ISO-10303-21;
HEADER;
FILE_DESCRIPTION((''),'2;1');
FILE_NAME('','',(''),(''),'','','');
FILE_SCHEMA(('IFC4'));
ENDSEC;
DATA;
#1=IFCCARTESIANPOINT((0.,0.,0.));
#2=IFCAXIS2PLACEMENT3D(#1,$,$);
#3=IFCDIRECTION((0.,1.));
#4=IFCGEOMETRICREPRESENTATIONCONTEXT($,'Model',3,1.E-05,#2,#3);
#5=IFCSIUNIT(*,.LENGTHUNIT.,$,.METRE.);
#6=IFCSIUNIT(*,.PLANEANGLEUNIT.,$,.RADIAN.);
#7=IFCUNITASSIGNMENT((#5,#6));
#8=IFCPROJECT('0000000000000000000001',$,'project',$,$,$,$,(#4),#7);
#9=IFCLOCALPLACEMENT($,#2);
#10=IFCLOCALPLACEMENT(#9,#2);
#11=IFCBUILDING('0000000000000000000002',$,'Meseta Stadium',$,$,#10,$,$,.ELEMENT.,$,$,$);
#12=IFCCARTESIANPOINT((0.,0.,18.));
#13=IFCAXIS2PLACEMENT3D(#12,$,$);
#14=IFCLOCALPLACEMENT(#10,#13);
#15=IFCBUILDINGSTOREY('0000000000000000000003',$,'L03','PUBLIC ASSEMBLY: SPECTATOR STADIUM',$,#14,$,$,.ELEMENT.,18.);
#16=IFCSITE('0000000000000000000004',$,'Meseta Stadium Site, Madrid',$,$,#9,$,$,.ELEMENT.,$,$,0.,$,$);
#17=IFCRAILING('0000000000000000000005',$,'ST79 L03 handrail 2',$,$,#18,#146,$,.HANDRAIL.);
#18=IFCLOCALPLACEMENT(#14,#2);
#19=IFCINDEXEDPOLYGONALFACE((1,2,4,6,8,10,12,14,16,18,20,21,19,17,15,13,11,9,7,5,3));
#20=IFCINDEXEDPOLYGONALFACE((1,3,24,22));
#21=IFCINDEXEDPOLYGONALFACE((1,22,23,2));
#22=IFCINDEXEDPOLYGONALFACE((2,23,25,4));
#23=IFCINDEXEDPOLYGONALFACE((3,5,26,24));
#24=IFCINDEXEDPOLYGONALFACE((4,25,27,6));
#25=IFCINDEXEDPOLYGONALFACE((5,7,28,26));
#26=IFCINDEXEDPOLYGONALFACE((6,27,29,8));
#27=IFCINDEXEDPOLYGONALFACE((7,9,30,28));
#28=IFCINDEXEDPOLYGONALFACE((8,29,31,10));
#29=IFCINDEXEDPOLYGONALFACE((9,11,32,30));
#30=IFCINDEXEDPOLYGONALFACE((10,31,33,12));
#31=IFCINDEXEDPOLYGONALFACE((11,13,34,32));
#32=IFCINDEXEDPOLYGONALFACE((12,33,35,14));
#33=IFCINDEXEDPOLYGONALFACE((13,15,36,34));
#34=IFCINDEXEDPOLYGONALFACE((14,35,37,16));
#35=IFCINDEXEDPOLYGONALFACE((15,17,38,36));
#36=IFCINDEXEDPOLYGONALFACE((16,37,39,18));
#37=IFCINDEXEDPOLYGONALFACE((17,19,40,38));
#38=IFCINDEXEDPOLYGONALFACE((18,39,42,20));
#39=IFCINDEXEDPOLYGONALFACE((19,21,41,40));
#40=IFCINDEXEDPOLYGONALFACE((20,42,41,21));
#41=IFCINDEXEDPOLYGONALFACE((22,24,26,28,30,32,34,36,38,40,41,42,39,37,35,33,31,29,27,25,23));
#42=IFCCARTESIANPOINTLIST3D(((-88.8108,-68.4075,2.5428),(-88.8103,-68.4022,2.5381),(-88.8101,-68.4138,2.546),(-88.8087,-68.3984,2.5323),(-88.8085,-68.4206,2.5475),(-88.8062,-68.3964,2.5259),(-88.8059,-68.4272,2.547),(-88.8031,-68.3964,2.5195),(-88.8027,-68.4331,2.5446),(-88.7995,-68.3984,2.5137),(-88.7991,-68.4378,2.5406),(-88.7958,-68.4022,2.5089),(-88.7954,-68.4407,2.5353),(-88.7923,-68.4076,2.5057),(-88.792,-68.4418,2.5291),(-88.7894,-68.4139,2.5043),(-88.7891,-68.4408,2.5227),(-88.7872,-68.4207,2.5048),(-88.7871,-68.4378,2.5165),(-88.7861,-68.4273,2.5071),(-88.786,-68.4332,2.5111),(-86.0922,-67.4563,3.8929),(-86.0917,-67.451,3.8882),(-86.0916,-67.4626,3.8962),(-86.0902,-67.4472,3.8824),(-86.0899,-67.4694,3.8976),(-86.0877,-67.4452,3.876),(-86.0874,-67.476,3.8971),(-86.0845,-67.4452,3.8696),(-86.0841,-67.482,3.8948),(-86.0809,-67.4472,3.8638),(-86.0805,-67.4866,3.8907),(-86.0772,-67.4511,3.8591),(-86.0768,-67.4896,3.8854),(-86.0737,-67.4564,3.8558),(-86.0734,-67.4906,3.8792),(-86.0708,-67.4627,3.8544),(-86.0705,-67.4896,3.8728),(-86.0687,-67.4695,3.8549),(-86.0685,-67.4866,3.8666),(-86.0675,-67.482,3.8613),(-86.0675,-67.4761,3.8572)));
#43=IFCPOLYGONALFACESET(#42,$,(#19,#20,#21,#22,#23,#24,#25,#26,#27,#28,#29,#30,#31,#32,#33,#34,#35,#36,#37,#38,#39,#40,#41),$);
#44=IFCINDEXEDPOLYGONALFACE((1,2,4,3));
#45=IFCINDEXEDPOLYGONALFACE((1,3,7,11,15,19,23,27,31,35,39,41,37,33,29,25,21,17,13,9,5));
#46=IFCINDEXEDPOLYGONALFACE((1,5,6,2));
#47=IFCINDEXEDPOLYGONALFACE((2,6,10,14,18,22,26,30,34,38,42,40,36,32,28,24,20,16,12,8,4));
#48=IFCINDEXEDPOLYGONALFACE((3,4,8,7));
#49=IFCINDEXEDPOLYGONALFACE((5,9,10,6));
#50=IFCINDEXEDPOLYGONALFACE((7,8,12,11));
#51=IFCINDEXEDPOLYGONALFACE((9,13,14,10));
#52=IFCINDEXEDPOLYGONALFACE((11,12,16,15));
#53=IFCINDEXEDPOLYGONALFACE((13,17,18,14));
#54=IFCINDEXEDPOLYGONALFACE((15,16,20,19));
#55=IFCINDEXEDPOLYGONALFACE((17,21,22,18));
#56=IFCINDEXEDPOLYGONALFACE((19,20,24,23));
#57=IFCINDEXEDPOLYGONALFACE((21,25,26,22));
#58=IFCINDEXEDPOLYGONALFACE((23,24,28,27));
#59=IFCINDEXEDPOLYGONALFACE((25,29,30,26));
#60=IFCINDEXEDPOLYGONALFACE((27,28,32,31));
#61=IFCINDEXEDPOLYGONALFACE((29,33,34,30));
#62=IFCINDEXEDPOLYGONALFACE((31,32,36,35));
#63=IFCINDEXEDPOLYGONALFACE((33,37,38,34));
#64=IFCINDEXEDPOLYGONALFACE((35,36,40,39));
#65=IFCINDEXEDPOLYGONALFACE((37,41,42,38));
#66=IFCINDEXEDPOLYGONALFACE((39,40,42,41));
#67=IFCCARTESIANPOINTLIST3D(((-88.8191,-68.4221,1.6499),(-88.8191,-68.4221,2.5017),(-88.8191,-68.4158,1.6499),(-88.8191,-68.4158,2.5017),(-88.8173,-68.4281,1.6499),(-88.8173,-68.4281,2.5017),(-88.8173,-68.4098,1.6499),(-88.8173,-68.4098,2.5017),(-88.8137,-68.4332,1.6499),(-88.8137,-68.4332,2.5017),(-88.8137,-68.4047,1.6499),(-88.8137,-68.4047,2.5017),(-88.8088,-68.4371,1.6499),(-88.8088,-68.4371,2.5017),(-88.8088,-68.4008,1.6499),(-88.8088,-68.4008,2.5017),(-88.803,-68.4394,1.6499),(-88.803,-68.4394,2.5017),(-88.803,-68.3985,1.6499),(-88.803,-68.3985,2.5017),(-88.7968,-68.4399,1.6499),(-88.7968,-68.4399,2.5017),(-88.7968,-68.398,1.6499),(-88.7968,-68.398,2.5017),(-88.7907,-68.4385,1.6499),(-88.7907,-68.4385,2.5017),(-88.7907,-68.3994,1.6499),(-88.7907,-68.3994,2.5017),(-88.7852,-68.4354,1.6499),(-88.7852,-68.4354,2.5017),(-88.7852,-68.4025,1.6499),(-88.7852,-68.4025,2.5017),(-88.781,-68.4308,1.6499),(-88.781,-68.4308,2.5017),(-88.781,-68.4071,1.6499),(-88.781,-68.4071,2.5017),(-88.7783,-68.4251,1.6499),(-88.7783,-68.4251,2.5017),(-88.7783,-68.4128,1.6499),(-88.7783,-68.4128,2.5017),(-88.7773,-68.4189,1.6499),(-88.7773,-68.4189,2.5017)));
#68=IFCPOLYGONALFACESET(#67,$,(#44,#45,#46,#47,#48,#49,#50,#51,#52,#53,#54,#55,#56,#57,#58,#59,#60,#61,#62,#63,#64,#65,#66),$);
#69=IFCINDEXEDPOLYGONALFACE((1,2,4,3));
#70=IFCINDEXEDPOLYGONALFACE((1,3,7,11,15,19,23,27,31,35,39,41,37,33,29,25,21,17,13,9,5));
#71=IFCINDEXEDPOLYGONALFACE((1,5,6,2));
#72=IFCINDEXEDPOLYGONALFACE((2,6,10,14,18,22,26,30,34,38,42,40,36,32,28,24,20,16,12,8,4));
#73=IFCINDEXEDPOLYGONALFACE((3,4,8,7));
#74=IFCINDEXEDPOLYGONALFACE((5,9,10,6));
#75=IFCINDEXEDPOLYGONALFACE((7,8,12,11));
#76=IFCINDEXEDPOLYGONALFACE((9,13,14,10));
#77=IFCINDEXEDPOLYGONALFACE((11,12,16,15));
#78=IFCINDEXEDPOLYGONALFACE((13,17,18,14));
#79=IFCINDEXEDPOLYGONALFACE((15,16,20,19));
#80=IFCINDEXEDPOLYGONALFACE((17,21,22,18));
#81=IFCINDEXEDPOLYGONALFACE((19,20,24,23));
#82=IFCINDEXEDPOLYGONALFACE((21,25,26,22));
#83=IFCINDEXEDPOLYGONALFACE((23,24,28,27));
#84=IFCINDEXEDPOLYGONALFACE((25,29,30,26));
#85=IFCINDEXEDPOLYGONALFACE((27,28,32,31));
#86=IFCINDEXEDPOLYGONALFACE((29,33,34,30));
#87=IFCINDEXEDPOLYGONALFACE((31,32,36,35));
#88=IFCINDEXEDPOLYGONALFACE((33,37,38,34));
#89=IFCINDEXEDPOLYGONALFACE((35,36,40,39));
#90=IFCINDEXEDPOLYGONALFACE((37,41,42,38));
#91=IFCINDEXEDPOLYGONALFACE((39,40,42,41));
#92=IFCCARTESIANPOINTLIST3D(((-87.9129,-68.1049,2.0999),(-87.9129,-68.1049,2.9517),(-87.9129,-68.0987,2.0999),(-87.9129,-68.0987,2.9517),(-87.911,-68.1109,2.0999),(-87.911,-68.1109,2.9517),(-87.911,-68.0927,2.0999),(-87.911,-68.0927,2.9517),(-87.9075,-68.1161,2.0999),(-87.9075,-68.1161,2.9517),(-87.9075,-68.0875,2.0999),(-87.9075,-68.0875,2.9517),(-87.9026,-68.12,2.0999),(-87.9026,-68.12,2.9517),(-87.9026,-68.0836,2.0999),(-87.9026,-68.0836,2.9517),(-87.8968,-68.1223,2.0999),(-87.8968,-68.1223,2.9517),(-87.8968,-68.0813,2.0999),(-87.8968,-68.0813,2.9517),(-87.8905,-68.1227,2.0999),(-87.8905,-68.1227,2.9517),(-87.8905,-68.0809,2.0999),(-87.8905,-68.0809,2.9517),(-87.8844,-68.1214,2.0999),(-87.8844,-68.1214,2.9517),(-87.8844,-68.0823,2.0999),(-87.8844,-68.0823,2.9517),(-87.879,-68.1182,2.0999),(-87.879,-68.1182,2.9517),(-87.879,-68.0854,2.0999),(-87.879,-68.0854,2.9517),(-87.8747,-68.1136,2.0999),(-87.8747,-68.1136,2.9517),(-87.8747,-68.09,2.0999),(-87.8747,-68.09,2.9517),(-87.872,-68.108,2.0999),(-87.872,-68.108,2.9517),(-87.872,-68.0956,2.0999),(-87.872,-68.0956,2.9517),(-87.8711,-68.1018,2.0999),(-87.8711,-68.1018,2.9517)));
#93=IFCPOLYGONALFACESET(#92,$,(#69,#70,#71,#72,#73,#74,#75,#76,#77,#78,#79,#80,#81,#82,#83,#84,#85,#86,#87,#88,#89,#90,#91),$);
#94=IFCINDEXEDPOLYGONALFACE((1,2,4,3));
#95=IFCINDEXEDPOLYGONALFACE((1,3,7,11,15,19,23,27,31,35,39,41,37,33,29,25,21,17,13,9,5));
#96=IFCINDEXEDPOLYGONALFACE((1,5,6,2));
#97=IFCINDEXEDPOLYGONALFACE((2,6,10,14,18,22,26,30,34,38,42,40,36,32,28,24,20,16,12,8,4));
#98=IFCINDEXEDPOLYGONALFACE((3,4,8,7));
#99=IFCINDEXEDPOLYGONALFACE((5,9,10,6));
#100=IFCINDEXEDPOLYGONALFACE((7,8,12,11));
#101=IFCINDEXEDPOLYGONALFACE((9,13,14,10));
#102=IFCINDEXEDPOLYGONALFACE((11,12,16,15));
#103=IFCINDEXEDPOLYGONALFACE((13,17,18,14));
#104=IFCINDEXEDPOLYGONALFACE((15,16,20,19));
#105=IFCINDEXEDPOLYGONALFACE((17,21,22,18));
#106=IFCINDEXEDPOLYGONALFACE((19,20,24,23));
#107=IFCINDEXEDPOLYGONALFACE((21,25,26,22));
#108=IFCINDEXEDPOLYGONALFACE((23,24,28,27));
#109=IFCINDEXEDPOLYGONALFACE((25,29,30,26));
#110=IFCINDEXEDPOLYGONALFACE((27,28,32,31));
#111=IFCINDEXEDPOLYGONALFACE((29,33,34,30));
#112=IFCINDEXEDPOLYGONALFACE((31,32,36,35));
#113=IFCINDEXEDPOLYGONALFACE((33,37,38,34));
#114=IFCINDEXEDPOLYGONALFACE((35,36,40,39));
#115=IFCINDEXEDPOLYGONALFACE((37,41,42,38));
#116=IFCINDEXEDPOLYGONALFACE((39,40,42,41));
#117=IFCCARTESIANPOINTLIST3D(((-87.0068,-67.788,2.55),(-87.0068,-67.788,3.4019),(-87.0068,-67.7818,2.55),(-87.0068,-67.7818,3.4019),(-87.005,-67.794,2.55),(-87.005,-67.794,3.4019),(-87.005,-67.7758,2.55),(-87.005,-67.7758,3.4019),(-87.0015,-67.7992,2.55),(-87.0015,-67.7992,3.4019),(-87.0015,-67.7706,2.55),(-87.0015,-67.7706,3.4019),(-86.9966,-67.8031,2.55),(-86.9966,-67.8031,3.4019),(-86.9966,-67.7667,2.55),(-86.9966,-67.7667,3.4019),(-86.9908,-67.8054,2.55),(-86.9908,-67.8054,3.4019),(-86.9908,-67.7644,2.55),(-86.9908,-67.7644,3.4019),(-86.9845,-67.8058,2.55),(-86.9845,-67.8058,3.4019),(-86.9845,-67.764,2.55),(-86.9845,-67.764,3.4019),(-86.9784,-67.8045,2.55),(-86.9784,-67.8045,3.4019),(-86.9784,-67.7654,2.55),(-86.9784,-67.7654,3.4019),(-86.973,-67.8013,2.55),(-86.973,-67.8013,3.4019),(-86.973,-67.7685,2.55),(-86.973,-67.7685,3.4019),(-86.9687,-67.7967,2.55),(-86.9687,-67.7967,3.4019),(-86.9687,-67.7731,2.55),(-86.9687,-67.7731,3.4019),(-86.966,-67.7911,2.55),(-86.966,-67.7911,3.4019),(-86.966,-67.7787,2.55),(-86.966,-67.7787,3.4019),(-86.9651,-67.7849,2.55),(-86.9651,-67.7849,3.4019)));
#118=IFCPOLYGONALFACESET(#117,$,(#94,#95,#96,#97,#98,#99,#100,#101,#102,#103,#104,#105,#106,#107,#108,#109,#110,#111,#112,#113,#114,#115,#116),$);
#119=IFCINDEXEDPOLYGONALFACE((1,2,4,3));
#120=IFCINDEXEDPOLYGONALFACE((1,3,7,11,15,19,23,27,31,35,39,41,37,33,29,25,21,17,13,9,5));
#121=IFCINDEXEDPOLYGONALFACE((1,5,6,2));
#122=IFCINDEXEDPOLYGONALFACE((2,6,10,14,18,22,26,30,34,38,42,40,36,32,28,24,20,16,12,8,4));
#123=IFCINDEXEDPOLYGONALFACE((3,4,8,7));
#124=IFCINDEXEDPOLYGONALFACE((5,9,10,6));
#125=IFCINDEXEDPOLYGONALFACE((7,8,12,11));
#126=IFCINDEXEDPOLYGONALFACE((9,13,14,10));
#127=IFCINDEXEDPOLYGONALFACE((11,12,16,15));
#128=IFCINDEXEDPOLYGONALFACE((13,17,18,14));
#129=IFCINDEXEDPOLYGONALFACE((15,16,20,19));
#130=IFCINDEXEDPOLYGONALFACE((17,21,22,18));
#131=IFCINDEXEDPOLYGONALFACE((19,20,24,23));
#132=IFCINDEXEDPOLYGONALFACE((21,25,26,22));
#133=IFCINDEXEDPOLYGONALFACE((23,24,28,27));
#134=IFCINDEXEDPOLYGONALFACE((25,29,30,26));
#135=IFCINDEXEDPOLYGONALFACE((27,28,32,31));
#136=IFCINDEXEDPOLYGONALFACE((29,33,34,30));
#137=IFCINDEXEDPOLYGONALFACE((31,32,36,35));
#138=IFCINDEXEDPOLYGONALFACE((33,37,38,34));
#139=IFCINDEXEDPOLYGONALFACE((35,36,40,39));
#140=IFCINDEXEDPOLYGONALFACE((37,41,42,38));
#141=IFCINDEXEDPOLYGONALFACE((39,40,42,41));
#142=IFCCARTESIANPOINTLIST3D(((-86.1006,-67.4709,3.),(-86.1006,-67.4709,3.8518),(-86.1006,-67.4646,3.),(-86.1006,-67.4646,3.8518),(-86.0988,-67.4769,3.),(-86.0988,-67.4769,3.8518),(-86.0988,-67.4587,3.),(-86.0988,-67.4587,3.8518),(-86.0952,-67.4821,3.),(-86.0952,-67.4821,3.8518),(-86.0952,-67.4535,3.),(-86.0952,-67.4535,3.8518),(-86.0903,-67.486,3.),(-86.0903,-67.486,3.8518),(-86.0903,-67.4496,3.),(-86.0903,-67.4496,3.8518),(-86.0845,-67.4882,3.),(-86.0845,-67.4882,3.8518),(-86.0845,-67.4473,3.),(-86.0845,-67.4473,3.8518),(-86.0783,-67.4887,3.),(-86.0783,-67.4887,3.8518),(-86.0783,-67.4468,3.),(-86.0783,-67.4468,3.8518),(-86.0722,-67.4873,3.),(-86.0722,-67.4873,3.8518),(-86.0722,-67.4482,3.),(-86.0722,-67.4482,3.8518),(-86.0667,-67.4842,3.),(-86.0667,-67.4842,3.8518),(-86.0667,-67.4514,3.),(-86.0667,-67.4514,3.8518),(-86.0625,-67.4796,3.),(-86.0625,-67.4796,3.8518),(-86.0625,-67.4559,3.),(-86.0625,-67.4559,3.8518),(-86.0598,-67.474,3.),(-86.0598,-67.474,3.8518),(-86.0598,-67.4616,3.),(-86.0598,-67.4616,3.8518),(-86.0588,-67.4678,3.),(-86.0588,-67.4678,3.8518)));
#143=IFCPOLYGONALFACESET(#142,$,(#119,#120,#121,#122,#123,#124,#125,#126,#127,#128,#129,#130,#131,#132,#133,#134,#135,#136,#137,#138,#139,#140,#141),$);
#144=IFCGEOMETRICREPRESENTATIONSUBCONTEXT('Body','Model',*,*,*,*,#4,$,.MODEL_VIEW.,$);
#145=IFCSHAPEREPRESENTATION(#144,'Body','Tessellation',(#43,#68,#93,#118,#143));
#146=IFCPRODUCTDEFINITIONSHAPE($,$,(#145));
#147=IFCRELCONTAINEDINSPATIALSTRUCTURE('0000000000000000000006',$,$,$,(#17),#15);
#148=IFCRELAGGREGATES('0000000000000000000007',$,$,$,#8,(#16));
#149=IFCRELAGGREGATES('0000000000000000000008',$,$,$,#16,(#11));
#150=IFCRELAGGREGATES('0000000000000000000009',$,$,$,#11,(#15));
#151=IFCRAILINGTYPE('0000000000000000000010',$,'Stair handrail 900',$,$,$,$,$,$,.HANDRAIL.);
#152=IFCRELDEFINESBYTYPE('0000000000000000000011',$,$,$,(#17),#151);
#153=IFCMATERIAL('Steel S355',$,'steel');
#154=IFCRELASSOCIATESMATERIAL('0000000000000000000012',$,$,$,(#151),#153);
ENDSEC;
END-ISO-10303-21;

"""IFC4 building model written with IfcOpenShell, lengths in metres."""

from ifc_helpers import new_model, si_unit, direction, frame, origin, origin_2d, place, context, subcontext, project, spatial, circle, extrude, material, type_object, element, save


model = new_model("IFC4")

# Units and contexts
model_context = context("Model", 3, precision=1e-05, world=origin(), true_north=direction((0.0, 1.0)))
body_context = subcontext(model_context, "Body", "Model", "MODEL_VIEW")
ifc_project = project(units=[si_unit("LENGTHUNIT", "METRE"), si_unit("PLANEANGLEUNIT", "RADIAN")], contexts=[model_context])

# Site, building, storey
site_placement = place(None, origin())
site = spatial("IfcSite", under=ifc_project, at=site_placement, Name="Meseta Stadium Site, Madrid", CompositionType="ELEMENT", RefElevation=0.0)
building_placement = place(site_placement, origin())
building = spatial("IfcBuilding", under=site, at=building_placement, Name="Meseta Stadium", CompositionType="ELEMENT")
storey_placement = place(building_placement, frame((0.0, 0.0, 18.0)))
storey = spatial("IfcBuildingStorey", under=building, at=storey_placement, Name="L03", Description="PUBLIC ASSEMBLY: SPECTATOR STADIUM", CompositionType="ELEMENT", Elevation=18.0)

# Railing
ifc_material_1 = material(Name="Steel S355", Category="steel")
railing_type_1 = type_object("IfcRailingType", Name="Stair handrail 900", PredefinedType="HANDRAIL", material=ifc_material_1)
for number, where, name in (
    (1, (-88.7983, -68.4189, 1.6499), "ST79 L03 handrail 2"),
):
    element("IfcRailing", number, at=place(storey_placement, frame(where)), inside=storey, type_object=railing_type_1, Name=name, PredefinedType="HANDRAIL", context=body_context, shape_type="SweptSolid", body=[
        extrude(circle(Radius=0.0239, at=origin_2d()), frame((0.0, 0.0, 0.876), z_axis=(0.854649, 0.299031, 0.424446), x_axis=(-0.330256, 0.943891, 0.0)), (0.0, 0.0, 1.0), 3.1809),
        extrude(circle(Radius=0.021, at=origin_2d()), origin(), (0.0, 0.0, 1.0), 0.8518),
        extrude(circle(Radius=0.021, at=origin_2d()), frame((0.9062, 0.3171, 0.45)), (0.0, 0.0, 1.0), 0.8518),
        extrude(circle(Radius=0.021, at=origin_2d()), frame((1.8123, 0.634, 0.9001)), (0.0, 0.0, 1.0), 0.8518),
        extrude(circle(Radius=0.021, at=origin_2d()), frame((2.7185, 0.9512, 1.3501)), (0.0, 0.0, 1.0), 0.8518),
    ])

save(model, "model.ifc")
